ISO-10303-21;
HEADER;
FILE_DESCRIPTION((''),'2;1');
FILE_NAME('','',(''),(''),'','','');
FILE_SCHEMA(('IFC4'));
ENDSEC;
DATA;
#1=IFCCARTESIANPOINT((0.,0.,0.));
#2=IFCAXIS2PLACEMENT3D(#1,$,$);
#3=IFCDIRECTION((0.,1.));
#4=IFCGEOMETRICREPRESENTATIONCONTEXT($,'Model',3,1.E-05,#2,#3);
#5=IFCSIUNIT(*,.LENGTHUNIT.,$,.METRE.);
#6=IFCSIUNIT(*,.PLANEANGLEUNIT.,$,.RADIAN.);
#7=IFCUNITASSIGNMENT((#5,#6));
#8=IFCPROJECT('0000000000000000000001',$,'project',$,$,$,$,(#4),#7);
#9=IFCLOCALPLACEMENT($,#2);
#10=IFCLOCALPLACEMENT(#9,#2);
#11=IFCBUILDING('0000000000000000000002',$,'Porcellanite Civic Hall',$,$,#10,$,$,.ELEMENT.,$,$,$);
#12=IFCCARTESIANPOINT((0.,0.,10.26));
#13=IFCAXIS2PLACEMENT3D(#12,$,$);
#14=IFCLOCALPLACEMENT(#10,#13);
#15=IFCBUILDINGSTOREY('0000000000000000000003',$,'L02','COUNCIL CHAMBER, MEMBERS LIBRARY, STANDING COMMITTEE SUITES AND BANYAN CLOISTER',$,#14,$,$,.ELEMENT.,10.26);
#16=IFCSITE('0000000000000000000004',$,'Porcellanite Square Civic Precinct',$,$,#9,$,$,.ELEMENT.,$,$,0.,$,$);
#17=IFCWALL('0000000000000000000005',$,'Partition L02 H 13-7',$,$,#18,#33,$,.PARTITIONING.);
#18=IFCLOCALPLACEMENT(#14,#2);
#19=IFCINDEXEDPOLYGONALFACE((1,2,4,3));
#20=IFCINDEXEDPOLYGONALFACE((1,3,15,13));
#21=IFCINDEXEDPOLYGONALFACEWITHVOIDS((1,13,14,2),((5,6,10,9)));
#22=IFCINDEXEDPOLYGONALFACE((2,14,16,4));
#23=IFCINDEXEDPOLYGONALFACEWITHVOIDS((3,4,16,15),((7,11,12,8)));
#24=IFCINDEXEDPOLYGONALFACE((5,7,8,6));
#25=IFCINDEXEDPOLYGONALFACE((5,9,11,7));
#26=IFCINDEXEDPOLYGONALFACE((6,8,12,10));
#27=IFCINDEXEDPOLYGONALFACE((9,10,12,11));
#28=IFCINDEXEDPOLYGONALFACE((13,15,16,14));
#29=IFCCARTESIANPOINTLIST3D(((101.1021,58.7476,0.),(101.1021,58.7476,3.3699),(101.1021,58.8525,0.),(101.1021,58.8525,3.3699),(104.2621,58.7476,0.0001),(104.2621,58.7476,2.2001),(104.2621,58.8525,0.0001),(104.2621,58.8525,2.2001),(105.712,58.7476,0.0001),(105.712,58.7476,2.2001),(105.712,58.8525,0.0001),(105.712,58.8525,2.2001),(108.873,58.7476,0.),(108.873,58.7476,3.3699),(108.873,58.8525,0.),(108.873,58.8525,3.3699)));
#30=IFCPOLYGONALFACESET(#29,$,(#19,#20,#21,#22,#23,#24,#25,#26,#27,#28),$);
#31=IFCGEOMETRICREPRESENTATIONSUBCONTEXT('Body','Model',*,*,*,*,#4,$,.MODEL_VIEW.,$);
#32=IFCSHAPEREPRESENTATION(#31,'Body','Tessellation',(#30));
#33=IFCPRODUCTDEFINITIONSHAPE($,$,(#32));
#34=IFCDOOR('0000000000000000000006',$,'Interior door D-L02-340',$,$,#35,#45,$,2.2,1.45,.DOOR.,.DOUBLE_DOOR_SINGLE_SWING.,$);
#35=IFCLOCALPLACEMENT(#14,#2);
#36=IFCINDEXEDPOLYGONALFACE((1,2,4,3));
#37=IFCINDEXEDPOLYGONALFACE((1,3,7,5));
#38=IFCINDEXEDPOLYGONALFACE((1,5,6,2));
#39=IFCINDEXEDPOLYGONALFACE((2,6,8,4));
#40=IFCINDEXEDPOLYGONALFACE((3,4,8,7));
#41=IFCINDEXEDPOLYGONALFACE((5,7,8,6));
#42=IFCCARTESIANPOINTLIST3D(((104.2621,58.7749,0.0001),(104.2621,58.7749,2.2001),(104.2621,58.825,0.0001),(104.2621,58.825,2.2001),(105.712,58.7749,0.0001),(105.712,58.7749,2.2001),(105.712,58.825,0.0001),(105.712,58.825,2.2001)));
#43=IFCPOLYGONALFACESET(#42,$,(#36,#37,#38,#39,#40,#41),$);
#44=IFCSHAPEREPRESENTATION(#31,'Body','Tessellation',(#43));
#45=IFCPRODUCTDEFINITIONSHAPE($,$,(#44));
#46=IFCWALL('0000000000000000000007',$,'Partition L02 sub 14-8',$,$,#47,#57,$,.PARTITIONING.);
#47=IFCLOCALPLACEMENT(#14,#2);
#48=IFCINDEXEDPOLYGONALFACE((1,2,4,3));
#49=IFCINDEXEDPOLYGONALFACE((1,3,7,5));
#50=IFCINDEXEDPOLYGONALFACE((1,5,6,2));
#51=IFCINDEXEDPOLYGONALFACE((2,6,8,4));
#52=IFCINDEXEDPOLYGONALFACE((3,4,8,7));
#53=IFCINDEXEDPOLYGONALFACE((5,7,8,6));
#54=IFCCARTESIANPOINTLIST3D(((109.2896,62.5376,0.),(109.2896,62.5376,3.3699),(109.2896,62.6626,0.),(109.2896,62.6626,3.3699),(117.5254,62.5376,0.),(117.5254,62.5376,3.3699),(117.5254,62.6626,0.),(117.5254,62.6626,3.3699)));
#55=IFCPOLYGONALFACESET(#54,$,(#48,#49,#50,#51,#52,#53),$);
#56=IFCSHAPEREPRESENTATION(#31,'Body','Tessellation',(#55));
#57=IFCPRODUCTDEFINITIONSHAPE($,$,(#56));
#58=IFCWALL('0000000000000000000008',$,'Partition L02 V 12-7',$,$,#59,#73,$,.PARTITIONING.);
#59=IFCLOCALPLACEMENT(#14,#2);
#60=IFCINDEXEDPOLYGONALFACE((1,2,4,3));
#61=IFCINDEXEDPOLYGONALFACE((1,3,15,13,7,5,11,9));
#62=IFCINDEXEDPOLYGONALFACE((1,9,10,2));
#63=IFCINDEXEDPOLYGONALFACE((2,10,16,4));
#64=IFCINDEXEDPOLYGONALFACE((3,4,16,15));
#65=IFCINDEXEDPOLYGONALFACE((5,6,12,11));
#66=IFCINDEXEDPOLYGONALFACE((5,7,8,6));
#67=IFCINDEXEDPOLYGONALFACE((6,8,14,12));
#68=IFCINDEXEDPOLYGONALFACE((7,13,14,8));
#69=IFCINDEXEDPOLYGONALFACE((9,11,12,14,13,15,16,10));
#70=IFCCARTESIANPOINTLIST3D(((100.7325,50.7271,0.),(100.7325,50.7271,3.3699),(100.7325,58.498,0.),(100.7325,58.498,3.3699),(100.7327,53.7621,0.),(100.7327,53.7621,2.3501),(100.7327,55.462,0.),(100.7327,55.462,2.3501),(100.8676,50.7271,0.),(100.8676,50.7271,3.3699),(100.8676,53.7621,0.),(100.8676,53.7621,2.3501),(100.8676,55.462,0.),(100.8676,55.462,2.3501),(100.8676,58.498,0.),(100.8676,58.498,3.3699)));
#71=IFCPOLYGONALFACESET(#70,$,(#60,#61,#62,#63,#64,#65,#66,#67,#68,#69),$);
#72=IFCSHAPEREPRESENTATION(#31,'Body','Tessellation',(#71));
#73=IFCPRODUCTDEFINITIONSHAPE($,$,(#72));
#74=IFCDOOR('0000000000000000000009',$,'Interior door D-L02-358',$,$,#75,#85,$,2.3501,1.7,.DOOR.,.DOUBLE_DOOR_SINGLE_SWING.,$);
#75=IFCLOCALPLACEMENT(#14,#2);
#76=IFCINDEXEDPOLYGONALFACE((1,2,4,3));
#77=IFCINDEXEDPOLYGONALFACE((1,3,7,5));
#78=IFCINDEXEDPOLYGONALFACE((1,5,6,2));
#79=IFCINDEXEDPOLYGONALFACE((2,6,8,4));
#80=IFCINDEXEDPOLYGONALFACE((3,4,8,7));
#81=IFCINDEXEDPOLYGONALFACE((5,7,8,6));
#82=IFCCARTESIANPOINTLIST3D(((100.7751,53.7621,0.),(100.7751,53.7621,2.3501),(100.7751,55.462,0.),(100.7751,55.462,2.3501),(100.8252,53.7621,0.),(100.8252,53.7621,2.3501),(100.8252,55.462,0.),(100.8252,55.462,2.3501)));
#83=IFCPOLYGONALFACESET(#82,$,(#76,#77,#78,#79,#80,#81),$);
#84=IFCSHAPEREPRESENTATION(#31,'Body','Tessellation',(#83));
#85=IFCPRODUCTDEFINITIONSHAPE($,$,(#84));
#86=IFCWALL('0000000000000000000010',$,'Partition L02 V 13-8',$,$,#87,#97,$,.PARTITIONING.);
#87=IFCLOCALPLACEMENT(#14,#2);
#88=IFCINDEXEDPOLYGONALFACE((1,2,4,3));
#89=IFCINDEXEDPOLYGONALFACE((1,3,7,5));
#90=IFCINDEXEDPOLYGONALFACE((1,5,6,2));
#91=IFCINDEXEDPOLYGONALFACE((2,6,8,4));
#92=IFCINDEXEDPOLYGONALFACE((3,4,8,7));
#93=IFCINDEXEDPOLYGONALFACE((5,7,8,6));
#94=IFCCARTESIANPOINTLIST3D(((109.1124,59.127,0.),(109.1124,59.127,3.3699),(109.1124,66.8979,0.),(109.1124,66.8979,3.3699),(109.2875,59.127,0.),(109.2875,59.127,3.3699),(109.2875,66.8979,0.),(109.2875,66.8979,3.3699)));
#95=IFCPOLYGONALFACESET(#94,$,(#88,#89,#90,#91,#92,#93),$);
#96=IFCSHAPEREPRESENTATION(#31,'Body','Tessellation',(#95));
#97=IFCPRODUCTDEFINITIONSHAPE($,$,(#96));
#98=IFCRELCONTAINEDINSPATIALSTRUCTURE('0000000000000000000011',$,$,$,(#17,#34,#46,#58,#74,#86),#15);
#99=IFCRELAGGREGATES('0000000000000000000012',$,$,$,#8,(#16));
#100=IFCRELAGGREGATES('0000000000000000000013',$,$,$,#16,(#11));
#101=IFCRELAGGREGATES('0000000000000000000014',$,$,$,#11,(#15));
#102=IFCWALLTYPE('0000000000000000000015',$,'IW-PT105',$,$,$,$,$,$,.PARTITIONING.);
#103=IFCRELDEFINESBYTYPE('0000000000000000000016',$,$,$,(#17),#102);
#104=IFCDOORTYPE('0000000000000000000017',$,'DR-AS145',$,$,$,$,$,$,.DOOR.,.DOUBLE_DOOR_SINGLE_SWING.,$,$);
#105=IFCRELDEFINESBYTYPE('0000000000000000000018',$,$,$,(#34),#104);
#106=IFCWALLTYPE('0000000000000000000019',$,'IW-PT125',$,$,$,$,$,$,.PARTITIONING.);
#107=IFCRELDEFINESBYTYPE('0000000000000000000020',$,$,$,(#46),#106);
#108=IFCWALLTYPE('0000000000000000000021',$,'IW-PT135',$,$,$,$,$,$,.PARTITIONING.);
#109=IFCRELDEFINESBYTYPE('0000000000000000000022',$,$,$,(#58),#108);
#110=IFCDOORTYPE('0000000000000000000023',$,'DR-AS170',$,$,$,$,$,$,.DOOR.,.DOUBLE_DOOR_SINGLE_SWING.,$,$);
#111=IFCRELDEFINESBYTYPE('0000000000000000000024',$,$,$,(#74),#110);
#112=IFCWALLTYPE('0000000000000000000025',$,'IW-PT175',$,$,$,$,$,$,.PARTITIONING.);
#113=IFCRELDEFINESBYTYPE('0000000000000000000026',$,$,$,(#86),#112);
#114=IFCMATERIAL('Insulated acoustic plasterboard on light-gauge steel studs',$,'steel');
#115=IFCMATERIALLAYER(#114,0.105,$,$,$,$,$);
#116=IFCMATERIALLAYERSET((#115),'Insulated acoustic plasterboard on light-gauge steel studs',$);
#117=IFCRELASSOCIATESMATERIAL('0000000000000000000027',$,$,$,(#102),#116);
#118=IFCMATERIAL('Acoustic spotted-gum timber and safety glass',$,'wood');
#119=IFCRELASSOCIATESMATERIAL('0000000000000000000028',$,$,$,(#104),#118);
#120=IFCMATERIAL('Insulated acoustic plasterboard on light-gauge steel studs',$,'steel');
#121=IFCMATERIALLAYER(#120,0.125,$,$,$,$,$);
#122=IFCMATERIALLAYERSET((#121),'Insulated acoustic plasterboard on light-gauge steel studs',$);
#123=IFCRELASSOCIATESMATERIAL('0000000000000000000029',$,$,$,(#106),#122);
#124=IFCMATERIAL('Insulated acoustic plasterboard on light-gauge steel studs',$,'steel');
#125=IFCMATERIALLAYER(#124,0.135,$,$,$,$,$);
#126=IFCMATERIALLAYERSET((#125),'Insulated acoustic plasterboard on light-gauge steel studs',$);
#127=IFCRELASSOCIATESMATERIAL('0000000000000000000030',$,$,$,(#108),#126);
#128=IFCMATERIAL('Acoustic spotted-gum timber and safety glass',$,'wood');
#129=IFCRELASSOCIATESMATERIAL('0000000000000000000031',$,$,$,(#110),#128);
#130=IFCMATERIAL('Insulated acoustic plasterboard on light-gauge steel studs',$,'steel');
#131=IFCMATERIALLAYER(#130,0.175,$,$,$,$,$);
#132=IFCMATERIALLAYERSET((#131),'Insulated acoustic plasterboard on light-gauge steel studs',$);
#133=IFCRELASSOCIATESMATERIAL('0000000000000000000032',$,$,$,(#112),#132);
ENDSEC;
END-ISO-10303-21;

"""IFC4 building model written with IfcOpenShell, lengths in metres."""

from ifc_helpers import new_model, si_unit, direction, frame, frame_2d, origin, place, context, subcontext, project, spatial, rectangle, extrude, material, layer, layer_set, type_object, element, fill, save


model = new_model("IFC4")

# Units and contexts
model_context = context("Model", 3, precision=1e-05, world=origin(), true_north=direction((0.0, 1.0)))
body_context = subcontext(model_context, "Body", "Model", "MODEL_VIEW")
ifc_project = project(units=[si_unit("LENGTHUNIT", "METRE"), si_unit("PLANEANGLEUNIT", "RADIAN")], contexts=[model_context])

# Site, building, storey
site_placement = place(None, origin())
site = spatial("IfcSite", under=ifc_project, at=site_placement, Name="Porcellanite Square Civic Precinct", CompositionType="ELEMENT", RefElevation=0.0)
building_placement = place(site_placement, origin())
building = spatial("IfcBuilding", under=site, at=building_placement, Name="Porcellanite Civic Hall", CompositionType="ELEMENT")
storey_placement = place(building_placement, frame((0.0, 0.0, 10.26)))
storey = spatial("IfcBuildingStorey", under=building, at=storey_placement, Name="L02", Description="COUNCIL CHAMBER, MEMBERS LIBRARY, STANDING COMMITTEE SUITES AND BANYAN CLOISTER", CompositionType="ELEMENT", Elevation=10.26)

# Wall, opening, door
ifc_material_1 = material(Name="Insulated acoustic plasterboard on light-gauge steel studs", Category="steel")
ifc_layer_1 = layer(ifc_material_1, 0.105)
ifc_layer_set_1 = layer_set([ifc_layer_1], Name="Insulated acoustic plasterboard on light-gauge steel studs")
wall_type_1 = type_object("IfcWallType", Name="IW-PT105", PredefinedType="PARTITIONING", material=ifc_layer_set_1)
wall_1_placement = place(storey_placement, frame((101.1021, 58.8, 0.0), z_axis=(0.0, 0.0, 1.0), x_axis=(1.0, 0.0, 0.0)))
wall_1 = element("IfcWall", 1, at=wall_1_placement, inside=storey, type_object=wall_type_1, Name="Partition L02 H 13-7", PredefinedType="PARTITIONING", context=body_context, shape_type="SweptSolid", body=[
    extrude(rectangle(XDim=7.771, YDim=0.105, at=frame_2d((3.8855, 0.0))), origin(), (0.0, 0.0, 1.0), 3.3699),
])
opening_1_placement = place(wall_1_placement, frame((3.1599, 0.0, 0.0)))
opening_1 = element("IfcOpeningElement", 2, at=opening_1_placement, cuts=wall_1, PredefinedType="OPENING", context=body_context, shape_type="SweptSolid", body=[
    extrude(rectangle(XDim=1.45, YDim=2.2, at=frame_2d((0.7251, 1.1001))), frame((0.0, 0.0525, 0.0), z_axis=(0.0, -1.0, 0.0), x_axis=(1.0, 0.0, 0.0)), (0.0, 0.0, 1.0), 0.105),
])
ifc_material_2 = material(Name="Acoustic spotted-gum timber and safety glass", Category="wood")
door_type_1 = type_object("IfcDoorType", Name="DR-AS145", OperationType="DOUBLE_DOOR_SINGLE_SWING", PredefinedType="DOOR", material=ifc_material_2)
door_1_placement = place(opening_1_placement, origin())
door_1 = element("IfcDoor", 3, at=door_1_placement, inside=storey, type_object=door_type_1, Name="Interior door D-L02-340", OperationType="DOUBLE_DOOR_SINGLE_SWING", OverallHeight=2.2, OverallWidth=1.45, PredefinedType="DOOR", context=body_context, shape_type="SweptSolid", body=[
    extrude(rectangle(XDim=1.45, YDim=2.2, at=frame_2d((0.7251, 1.1001))), frame((0.0, 0.0249, 0.0), z_axis=(0.0, -1.0, 0.0), x_axis=(1.0, 0.0, 0.0)), (0.0, 0.0, 1.0), 0.05),
])
fill(opening_1, door_1)

# Wall
ifc_material_3 = material(Name="Insulated acoustic plasterboard on light-gauge steel studs", Category="steel")
ifc_layer_2 = layer(ifc_material_3, 0.125)
ifc_layer_set_2 = layer_set([ifc_layer_2], Name="Insulated acoustic plasterboard on light-gauge steel studs")
wall_type_2 = type_object("IfcWallType", Name="IW-PT125", PredefinedType="PARTITIONING", material=ifc_layer_set_2)
wall_2_placement = place(storey_placement, frame((109.2896, 62.6001, 0.0), z_axis=(0.0, 0.0, 1.0), x_axis=(1.0, 0.0, 0.0)))
element("IfcWall", 4, at=wall_2_placement, inside=storey, type_object=wall_type_2, Name="Partition L02 sub 14-8", PredefinedType="PARTITIONING", context=body_context, shape_type="SweptSolid", body=[
    extrude(rectangle(XDim=8.2358, YDim=0.125, at=frame_2d((4.1179, 0.0))), origin(), (0.0, 0.0, 1.0), 3.3699),
])

# Wall, opening, door
ifc_material_4 = material(Name="Insulated acoustic plasterboard on light-gauge steel studs", Category="steel")
ifc_layer_3 = layer(ifc_material_4, 0.135)
ifc_layer_set_3 = layer_set([ifc_layer_3], Name="Insulated acoustic plasterboard on light-gauge steel studs")
wall_type_3 = type_object("IfcWallType", Name="IW-PT135", PredefinedType="PARTITIONING", material=ifc_layer_set_3)
wall_3_placement = place(storey_placement, frame((100.8, 50.7271, 0.0), z_axis=(0.0, 0.0, 1.0), x_axis=(0.0, 1.0, 0.0)))
wall_3 = element("IfcWall", 5, at=wall_3_placement, inside=storey, type_object=wall_type_3, Name="Partition L02 V 12-7", PredefinedType="PARTITIONING", context=body_context, shape_type="SweptSolid", body=[
    extrude(rectangle(XDim=7.771, YDim=0.135, at=frame_2d((3.8855, 0.0))), origin(), (0.0, 0.0, 1.0), 3.3699),
])
opening_2_placement = place(wall_3_placement, frame((3.0349, 0.0, 0.0)))
opening_2 = element("IfcOpeningElement", 6, at=opening_2_placement, cuts=wall_3, PredefinedType="OPENING", context=body_context, shape_type="SweptSolid", body=[
    extrude(rectangle(XDim=1.7, YDim=2.3501, at=frame_2d((0.8501, 1.175))), frame((0.0, 0.0674, 0.0), z_axis=(0.0, -1.0, 0.0), x_axis=(1.0, 0.0, 0.0)), (0.0, 0.0, 1.0), 0.135),
])
ifc_material_5 = material(Name="Acoustic spotted-gum timber and safety glass", Category="wood")
door_type_2 = type_object("IfcDoorType", Name="DR-AS170", OperationType="DOUBLE_DOOR_SINGLE_SWING", PredefinedType="DOOR", material=ifc_material_5)
door_2_placement = place(opening_2_placement, origin())
door_2 = element("IfcDoor", 7, at=door_2_placement, inside=storey, type_object=door_type_2, Name="Interior door D-L02-358", OperationType="DOUBLE_DOOR_SINGLE_SWING", OverallHeight=2.3501, OverallWidth=1.7, PredefinedType="DOOR", context=body_context, shape_type="SweptSolid", body=[
    extrude(rectangle(XDim=1.7, YDim=2.3501, at=frame_2d((0.8501, 1.175))), frame((0.0, 0.0249, 0.0), z_axis=(0.0, -1.0, 0.0), x_axis=(1.0, 0.0, 0.0)), (0.0, 0.0, 1.0), 0.05),
])
fill(opening_2, door_2)
ifc_material_6 = material(Name="Insulated acoustic plasterboard on light-gauge steel studs", Category="steel")
ifc_layer_4 = layer(ifc_material_6, 0.175)
ifc_layer_set_4 = layer_set([ifc_layer_4], Name="Insulated acoustic plasterboard on light-gauge steel studs")
wall_type_4 = type_object("IfcWallType", Name="IW-PT175", PredefinedType="PARTITIONING", material=ifc_layer_set_4)

# Wall
wall_4_placement = place(storey_placement, frame((109.2, 59.127, 0.0), z_axis=(0.0, 0.0, 1.0), x_axis=(0.0, 1.0, 0.0)))
element("IfcWall", 8, at=wall_4_placement, inside=storey, type_object=wall_type_4, Name="Partition L02 V 13-8", PredefinedType="PARTITIONING", context=body_context, shape_type="SweptSolid", body=[
    extrude(rectangle(XDim=7.771, YDim=0.175, at=frame_2d((3.8855, 0.0))), origin(), (0.0, 0.0, 1.0), 3.3699),
])

save(model, "model.ifc")
